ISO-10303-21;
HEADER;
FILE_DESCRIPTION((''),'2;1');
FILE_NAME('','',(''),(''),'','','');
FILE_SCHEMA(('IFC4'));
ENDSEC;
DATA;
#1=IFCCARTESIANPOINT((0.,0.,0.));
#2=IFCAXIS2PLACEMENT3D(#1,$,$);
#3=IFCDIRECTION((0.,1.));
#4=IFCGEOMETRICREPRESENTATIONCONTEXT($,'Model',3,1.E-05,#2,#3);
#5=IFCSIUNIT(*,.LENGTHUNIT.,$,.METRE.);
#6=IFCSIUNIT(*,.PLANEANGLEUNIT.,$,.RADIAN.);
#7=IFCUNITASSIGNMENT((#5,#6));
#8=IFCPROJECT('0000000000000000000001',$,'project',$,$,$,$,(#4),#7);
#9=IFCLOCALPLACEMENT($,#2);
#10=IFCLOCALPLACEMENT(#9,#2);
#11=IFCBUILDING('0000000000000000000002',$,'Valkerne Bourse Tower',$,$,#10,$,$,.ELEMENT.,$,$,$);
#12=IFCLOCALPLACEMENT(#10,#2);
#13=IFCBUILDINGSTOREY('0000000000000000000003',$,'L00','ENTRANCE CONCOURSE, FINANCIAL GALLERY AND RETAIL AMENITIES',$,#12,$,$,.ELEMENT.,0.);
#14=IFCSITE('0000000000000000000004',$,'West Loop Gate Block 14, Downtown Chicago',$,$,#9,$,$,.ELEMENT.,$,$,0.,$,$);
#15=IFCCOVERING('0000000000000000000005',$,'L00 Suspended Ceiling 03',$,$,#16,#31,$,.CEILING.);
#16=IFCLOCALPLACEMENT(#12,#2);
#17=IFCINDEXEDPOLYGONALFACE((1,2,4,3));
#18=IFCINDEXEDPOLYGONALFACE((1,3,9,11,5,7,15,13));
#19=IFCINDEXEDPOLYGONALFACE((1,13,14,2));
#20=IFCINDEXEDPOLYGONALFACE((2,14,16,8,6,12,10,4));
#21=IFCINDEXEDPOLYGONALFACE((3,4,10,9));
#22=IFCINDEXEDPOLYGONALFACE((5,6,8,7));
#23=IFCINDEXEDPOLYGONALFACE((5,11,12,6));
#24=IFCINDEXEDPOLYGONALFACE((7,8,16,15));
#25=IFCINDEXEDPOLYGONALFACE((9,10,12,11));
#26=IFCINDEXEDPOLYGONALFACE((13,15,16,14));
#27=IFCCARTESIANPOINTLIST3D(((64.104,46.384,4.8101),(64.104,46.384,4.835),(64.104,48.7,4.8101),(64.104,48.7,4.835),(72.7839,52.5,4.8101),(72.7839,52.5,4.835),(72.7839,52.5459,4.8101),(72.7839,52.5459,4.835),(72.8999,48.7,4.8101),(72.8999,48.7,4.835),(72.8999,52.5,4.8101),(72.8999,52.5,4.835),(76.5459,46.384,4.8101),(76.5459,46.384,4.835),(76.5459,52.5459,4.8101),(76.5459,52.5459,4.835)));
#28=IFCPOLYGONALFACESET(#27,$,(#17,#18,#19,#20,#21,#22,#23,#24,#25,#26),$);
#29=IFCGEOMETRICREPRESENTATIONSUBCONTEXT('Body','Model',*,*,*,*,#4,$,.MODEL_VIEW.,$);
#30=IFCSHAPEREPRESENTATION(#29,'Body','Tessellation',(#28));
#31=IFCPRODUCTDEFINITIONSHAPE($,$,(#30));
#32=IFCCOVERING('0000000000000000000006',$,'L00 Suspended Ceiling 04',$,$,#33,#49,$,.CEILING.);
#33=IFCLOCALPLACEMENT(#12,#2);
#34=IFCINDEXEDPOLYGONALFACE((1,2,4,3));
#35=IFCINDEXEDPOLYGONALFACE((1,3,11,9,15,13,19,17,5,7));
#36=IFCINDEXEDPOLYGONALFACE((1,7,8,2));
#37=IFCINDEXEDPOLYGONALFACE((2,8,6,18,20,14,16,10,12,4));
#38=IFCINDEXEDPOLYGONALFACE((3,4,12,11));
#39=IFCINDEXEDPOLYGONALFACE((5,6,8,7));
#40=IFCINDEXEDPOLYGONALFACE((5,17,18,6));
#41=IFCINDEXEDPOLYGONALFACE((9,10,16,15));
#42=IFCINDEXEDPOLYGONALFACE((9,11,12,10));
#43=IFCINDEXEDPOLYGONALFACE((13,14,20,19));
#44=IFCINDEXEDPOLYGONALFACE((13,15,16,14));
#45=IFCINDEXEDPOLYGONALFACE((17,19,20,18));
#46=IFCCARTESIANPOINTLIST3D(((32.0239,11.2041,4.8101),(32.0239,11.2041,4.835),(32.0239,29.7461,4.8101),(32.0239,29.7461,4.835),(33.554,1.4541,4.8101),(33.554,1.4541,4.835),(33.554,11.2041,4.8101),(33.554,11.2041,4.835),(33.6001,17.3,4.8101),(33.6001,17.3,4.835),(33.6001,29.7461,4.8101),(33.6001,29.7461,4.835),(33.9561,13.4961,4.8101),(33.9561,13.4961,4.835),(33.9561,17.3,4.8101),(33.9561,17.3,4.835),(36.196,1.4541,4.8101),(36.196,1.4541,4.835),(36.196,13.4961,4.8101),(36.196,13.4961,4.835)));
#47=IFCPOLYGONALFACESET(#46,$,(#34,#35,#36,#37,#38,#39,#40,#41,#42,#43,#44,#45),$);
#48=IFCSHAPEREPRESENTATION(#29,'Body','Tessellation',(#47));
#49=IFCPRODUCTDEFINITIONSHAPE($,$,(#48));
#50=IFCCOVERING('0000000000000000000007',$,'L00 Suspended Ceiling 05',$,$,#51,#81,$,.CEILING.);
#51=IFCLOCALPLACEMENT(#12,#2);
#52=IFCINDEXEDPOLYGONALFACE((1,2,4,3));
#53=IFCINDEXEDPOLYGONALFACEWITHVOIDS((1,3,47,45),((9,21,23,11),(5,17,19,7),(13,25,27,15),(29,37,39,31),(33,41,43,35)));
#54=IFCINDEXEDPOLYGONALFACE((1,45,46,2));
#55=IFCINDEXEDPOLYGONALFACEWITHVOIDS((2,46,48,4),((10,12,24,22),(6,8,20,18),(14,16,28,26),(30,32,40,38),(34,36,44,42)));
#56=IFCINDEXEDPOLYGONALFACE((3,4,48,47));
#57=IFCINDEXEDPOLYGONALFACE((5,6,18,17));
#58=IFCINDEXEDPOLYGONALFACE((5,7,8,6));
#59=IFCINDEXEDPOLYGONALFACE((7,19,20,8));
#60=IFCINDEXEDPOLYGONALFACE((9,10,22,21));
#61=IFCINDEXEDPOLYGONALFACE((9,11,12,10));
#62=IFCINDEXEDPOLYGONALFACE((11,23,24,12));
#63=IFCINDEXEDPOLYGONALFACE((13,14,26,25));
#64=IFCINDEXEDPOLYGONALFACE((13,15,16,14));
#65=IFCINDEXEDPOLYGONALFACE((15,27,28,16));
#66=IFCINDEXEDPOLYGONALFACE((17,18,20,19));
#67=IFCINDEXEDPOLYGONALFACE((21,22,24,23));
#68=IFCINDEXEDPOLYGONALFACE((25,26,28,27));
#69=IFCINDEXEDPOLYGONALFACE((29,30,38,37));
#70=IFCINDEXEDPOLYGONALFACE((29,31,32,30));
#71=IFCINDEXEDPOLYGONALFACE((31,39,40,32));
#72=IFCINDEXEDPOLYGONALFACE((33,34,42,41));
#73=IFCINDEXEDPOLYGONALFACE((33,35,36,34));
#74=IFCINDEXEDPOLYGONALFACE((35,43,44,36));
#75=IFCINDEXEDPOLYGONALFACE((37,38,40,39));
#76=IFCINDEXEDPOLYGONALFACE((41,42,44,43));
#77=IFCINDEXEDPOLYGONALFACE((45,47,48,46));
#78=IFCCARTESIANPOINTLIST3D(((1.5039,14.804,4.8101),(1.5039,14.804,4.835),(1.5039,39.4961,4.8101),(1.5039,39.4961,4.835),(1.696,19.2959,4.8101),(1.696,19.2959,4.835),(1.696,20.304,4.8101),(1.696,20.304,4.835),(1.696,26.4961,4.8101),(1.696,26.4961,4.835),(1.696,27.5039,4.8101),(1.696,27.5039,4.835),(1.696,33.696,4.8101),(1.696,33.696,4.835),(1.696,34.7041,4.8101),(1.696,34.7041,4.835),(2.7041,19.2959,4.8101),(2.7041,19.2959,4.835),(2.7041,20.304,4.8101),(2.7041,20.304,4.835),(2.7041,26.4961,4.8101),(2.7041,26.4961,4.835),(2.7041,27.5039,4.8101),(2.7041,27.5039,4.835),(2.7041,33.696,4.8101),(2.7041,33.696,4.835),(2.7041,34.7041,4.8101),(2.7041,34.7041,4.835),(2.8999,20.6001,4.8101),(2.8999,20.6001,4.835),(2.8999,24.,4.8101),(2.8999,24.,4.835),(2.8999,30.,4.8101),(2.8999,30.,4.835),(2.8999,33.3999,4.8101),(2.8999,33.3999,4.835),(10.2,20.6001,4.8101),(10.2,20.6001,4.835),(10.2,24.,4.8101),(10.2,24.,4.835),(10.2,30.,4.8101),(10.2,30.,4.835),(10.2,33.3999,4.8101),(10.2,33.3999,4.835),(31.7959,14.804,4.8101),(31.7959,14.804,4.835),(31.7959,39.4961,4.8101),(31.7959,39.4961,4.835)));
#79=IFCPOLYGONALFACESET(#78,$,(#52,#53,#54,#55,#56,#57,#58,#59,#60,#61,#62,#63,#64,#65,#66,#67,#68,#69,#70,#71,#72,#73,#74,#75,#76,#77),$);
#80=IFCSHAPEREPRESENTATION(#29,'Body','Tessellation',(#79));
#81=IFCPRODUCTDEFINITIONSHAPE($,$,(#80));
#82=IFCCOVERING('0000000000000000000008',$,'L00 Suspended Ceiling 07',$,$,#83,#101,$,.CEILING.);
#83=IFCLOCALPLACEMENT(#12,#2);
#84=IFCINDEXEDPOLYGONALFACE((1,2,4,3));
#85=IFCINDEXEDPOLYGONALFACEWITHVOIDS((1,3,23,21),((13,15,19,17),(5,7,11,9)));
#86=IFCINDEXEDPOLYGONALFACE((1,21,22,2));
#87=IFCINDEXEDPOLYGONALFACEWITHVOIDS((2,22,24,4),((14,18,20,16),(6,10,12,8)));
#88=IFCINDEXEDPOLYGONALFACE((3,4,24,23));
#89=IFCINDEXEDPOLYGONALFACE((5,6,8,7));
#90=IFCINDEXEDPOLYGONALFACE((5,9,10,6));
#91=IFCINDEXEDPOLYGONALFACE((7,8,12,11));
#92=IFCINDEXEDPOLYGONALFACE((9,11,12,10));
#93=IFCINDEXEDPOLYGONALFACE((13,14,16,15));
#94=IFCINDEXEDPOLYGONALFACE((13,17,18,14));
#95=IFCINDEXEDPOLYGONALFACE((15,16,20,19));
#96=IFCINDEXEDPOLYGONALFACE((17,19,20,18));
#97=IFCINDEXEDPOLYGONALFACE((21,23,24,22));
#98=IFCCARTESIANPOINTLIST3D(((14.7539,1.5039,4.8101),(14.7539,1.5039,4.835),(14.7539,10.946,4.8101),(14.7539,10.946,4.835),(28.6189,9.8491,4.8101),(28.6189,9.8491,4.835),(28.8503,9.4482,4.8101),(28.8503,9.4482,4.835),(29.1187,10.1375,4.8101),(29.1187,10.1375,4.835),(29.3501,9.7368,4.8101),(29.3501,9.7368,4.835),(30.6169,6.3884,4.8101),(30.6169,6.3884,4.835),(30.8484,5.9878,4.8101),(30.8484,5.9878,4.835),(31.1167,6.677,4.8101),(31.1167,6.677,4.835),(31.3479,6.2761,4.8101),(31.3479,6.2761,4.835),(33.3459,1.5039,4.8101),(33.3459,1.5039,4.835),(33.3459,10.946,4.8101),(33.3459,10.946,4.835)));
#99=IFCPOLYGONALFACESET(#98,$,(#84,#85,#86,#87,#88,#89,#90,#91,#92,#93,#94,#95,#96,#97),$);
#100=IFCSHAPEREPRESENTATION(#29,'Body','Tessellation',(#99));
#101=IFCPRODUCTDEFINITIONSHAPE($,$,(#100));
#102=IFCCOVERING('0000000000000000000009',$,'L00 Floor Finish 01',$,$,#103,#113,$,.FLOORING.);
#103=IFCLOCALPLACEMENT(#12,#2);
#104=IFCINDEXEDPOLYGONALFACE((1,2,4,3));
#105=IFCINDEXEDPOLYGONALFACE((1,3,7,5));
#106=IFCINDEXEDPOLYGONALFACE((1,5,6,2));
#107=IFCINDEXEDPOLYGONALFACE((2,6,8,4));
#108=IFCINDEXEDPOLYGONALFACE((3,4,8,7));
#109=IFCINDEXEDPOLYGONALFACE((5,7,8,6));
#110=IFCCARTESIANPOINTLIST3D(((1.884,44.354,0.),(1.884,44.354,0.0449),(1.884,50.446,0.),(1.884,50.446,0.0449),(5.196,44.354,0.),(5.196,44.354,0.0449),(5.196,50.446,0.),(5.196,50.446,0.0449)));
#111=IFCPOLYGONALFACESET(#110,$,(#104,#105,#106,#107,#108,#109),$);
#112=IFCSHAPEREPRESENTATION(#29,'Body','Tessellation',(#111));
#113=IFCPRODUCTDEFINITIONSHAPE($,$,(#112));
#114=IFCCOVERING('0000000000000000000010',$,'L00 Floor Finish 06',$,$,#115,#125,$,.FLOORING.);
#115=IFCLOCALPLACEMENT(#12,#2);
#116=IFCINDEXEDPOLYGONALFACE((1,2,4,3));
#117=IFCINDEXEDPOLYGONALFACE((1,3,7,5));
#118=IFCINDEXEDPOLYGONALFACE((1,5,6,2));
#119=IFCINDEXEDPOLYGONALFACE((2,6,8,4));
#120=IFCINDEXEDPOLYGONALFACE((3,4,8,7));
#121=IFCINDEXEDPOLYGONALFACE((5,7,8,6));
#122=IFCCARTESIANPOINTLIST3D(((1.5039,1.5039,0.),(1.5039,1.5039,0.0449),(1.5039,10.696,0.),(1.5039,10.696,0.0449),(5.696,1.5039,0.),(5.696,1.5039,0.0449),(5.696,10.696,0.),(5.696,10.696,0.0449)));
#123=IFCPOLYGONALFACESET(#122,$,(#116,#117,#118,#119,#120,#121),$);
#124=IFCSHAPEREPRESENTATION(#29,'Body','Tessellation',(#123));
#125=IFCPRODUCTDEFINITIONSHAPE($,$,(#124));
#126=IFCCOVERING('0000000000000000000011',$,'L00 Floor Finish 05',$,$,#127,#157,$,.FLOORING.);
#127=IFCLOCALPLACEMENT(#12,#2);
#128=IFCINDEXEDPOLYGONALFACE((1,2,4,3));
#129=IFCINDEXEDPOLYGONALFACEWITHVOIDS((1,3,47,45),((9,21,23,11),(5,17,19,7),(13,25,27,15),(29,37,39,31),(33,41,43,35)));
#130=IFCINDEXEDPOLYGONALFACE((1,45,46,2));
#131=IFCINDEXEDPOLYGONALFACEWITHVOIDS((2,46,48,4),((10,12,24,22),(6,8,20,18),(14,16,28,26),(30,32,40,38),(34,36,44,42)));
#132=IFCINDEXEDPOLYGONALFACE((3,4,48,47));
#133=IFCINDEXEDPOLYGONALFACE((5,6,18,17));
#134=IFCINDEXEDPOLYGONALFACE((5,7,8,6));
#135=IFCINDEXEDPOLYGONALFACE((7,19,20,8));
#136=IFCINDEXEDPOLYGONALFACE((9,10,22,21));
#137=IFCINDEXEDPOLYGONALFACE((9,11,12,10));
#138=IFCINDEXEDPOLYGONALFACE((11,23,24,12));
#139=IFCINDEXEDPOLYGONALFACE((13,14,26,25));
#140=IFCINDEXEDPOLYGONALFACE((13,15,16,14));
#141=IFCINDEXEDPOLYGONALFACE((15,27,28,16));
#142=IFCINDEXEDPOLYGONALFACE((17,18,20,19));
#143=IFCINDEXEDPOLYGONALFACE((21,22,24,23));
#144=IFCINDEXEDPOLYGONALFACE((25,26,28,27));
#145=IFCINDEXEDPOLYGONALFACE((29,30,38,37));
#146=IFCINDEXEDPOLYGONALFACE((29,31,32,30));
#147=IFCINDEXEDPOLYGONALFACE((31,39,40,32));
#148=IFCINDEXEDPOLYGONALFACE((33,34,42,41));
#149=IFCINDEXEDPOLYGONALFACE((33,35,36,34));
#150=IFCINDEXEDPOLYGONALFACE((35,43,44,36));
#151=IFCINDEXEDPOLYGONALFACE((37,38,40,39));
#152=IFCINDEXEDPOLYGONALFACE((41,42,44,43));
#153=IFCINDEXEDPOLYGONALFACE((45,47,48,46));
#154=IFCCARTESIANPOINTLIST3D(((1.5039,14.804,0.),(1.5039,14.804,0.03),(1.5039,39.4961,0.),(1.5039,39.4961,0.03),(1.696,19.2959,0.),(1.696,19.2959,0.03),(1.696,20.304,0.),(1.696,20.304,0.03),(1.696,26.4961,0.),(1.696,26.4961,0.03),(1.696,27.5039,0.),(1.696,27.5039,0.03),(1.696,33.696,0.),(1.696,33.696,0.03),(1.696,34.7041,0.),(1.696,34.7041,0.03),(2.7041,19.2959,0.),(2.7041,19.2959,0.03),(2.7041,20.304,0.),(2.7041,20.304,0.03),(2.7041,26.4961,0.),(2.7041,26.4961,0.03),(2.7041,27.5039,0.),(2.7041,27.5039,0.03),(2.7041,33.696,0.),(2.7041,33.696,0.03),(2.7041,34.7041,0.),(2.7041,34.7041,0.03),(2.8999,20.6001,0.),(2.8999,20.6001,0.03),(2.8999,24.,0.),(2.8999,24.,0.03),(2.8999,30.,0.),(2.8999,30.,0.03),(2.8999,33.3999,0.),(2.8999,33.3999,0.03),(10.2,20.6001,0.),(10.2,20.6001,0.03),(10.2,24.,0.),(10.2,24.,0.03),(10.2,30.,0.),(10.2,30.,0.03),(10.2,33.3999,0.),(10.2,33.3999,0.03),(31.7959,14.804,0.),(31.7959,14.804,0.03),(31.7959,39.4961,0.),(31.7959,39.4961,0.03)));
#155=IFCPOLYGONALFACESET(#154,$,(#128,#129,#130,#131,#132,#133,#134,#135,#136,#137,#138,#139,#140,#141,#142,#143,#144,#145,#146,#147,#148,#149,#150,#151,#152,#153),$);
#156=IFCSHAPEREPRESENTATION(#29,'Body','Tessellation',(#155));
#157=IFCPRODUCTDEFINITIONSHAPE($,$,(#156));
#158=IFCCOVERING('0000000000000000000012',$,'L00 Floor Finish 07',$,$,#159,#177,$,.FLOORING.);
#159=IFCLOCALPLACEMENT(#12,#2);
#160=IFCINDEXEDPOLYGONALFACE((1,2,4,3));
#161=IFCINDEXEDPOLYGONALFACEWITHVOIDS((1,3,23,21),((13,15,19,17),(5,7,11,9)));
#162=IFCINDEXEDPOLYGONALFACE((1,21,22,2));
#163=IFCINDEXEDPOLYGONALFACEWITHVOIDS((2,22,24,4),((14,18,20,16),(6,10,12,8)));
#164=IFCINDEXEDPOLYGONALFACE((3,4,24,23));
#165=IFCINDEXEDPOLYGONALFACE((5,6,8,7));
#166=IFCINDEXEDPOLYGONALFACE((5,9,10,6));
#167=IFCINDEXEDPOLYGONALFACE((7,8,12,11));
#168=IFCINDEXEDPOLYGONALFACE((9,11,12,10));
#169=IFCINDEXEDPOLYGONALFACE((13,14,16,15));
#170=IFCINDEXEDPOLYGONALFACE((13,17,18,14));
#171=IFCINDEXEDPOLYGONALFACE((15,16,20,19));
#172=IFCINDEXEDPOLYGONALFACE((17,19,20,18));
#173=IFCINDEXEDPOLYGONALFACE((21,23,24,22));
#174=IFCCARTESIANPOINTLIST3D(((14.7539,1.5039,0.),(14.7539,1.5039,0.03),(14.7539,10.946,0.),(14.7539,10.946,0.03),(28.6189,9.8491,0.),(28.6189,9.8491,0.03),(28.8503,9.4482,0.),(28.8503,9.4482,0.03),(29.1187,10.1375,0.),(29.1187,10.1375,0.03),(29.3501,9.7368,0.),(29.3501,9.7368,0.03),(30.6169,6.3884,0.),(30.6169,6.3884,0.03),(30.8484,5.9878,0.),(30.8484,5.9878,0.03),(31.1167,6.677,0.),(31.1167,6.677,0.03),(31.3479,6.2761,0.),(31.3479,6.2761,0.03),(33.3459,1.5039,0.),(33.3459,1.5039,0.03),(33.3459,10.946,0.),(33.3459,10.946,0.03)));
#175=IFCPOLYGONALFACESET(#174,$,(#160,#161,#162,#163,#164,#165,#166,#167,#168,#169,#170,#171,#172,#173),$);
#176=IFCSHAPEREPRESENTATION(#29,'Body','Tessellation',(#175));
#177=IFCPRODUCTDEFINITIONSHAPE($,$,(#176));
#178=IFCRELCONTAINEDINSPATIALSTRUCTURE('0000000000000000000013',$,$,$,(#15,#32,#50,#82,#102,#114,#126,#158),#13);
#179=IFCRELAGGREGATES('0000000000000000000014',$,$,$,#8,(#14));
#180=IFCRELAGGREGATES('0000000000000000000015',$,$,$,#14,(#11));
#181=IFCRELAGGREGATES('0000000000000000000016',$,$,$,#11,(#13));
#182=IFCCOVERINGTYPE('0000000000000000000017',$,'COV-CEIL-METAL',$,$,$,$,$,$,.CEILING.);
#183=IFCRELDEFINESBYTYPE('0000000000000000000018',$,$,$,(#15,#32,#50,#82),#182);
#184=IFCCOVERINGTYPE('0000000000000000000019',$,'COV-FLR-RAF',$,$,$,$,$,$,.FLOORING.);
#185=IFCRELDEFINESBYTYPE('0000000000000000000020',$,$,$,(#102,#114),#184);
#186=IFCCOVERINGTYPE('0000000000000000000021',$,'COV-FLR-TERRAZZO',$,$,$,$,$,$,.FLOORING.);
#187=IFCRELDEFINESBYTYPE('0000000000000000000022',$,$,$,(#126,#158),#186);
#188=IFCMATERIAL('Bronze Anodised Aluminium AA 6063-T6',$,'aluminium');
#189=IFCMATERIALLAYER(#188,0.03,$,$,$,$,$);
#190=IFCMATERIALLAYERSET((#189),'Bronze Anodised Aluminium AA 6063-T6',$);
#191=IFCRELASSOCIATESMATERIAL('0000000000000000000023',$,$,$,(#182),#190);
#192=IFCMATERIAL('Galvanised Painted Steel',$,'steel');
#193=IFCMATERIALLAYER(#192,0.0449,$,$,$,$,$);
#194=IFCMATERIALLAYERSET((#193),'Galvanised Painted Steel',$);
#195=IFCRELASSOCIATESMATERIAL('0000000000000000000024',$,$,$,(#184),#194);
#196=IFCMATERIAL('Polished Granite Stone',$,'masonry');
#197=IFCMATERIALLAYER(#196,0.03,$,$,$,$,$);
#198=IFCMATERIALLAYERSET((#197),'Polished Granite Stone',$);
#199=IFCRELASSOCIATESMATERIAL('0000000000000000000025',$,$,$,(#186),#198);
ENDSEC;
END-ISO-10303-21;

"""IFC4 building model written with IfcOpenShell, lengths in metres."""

from ifc_helpers import new_model, si_unit, direction, frame, origin, place, context, subcontext, project, spatial, polyline, outline, extrude, material, layer, layer_set, type_object, element, save


model = new_model("IFC4")

# Units and contexts
model_context = context("Model", 3, precision=1e-05, world=origin(), true_north=direction((0.0, 1.0)))
body_context = subcontext(model_context, "Body", "Model", "MODEL_VIEW")
ifc_project = project(units=[si_unit("LENGTHUNIT", "METRE"), si_unit("PLANEANGLEUNIT", "RADIAN")], contexts=[model_context])

# Site, building, storey
site_placement = place(None, origin())
site = spatial("IfcSite", under=ifc_project, at=site_placement, Name="West Loop Gate Block 14, Downtown Chicago", CompositionType="ELEMENT", RefElevation=0.0)
building_placement = place(site_placement, origin())
building = spatial("IfcBuilding", under=site, at=building_placement, Name="Valkerne Bourse Tower", CompositionType="ELEMENT")
storey_placement = place(building_placement, origin())
storey = spatial("IfcBuildingStorey", under=building, at=storey_placement, Name="L00", Description="ENTRANCE CONCOURSE, FINANCIAL GALLERY AND RETAIL AMENITIES", CompositionType="ELEMENT", Elevation=0.0)

# Coverings
ifc_material_1 = material(Name="Bronze Anodised Aluminium AA 6063-T6", Category="aluminium")
ifc_layer_1 = layer(ifc_material_1, 0.03)
ifc_layer_set_1 = layer_set([ifc_layer_1], Name="Bronze Anodised Aluminium AA 6063-T6")
covering_type_1 = type_object("IfcCoveringType", Name="COV-CEIL-METAL", PredefinedType="CEILING", material=ifc_layer_set_1)
covering_1_placement = place(storey_placement, frame((0.0, 0.0, 4.8101)))
element("IfcCovering", 1, at=covering_1_placement, inside=storey, type_object=covering_type_1, Name="L00 Suspended Ceiling 03", PredefinedType="CEILING", context=body_context, shape_type="SweptSolid", body=[
    extrude(outline(polyline([(64.104, 46.384), (64.104, 48.7), (72.8999, 48.7), (72.8999, 52.5), (72.7839, 52.5), (72.7839, 52.5459), (76.5459, 52.5459), (76.5459, 46.384), (64.104, 46.384)])), origin(), (0.0, 0.0, 1.0), 0.0249),
])
covering_2_placement = place(storey_placement, frame((0.0, 0.0, 4.8101)))
element("IfcCovering", 2, at=covering_2_placement, inside=storey, type_object=covering_type_1, Name="L00 Suspended Ceiling 04", PredefinedType="CEILING", context=body_context, shape_type="SweptSolid", body=[
    extrude(outline(polyline([(33.554, 11.2041), (32.0239, 11.2041), (32.0239, 29.7461), (33.6001, 29.7461), (33.6001, 17.3), (33.9561, 17.3), (33.9561, 13.4961), (36.196, 13.4961), (36.196, 1.4541), (33.554, 1.4541), (33.554, 11.2041)])), origin(), (0.0, 0.0, 1.0), 0.0249),
])
covering_3_placement = place(storey_placement, frame((0.0, 0.0, 4.8101)))
element("IfcCovering", 3, at=covering_3_placement, inside=storey, type_object=covering_type_1, Name="L00 Suspended Ceiling 05", PredefinedType="CEILING", context=body_context, shape_type="SweptSolid", body=[
    extrude(outline(polyline([(1.5039, 39.4961), (31.7959, 39.4961), (31.7959, 14.804), (1.5039, 14.804), (1.5039, 39.4961)]), holes=[polyline([(1.696, 20.304), (1.696, 19.2959), (2.7041, 19.2959), (2.7041, 20.304), (1.696, 20.304)]), polyline([(2.8999, 24.0), (2.8999, 20.6001), (10.2, 20.6001), (10.2, 24.0), (2.8999, 24.0)]), polyline([(2.7041, 27.5039), (1.696, 27.5039), (1.696, 26.4961), (2.7041, 26.4961), (2.7041, 27.5039)]), polyline([(2.8999, 30.0), (10.2, 30.0), (10.2, 33.3999), (2.8999, 33.3999), (2.8999, 30.0)]), polyline([(2.7041, 34.7041), (1.696, 34.7041), (1.696, 33.696), (2.7041, 33.696), (2.7041, 34.7041)])]), origin(), (0.0, 0.0, 1.0), 0.0249),
])
covering_4_placement = place(storey_placement, frame((0.0, 0.0, 4.8101)))
element("IfcCovering", 4, at=covering_4_placement, inside=storey, type_object=covering_type_1, Name="L00 Suspended Ceiling 07", PredefinedType="CEILING", context=body_context, shape_type="SweptSolid", body=[
    extrude(outline(polyline([(14.7539, 10.946), (33.3459, 10.946), (33.3459, 1.5039), (14.7539, 1.5039), (14.7539, 10.946)]), holes=[polyline([(28.6189, 9.8491), (28.8503, 9.4482), (29.3501, 9.7368), (29.1187, 10.1375), (28.6189, 9.8491)]), polyline([(31.1167, 6.677), (30.6169, 6.3884), (30.8484, 5.9878), (31.3479, 6.2761), (31.1167, 6.677)])]), origin(), (0.0, 0.0, 1.0), 0.0249),
])
ifc_material_2 = material(Name="Galvanised Painted Steel", Category="steel")
ifc_layer_2 = layer(ifc_material_2, 0.0449)
ifc_layer_set_2 = layer_set([ifc_layer_2], Name="Galvanised Painted Steel")
covering_type_2 = type_object("IfcCoveringType", Name="COV-FLR-RAF", PredefinedType="FLOORING", material=ifc_layer_set_2)
covering_5_placement = place(storey_placement, origin())
element("IfcCovering", 5, at=covering_5_placement, inside=storey, type_object=covering_type_2, Name="L00 Floor Finish 01", PredefinedType="FLOORING", context=body_context, shape_type="SweptSolid", body=[
    extrude(outline(polyline([(1.884, 50.446), (5.196, 50.446), (5.196, 44.354), (1.884, 44.354), (1.884, 50.446)])), origin(), (0.0, 0.0, 1.0), 0.0449),
])
covering_6_placement = place(storey_placement, origin())
element("IfcCovering", 6, at=covering_6_placement, inside=storey, type_object=covering_type_2, Name="L00 Floor Finish 06", PredefinedType="FLOORING", context=body_context, shape_type="SweptSolid", body=[
    extrude(outline(polyline([(1.5039, 10.696), (5.696, 10.696), (5.696, 1.5039), (1.5039, 1.5039), (1.5039, 10.696)])), origin(), (0.0, 0.0, 1.0), 0.0449),
])
ifc_material_3 = material(Name="Polished Granite Stone", Category="masonry")
ifc_layer_3 = layer(ifc_material_3, 0.03)
ifc_layer_set_3 = layer_set([ifc_layer_3], Name="Polished Granite Stone")
covering_type_3 = type_object("IfcCoveringType", Name="COV-FLR-TERRAZZO", PredefinedType="FLOORING", material=ifc_layer_set_3)
covering_7_placement = place(storey_placement, origin())
element("IfcCovering", 7, at=covering_7_placement, inside=storey, type_object=covering_type_3, Name="L00 Floor Finish 05", PredefinedType="FLOORING", context=body_context, shape_type="SweptSolid", body=[
    extrude(outline(polyline([(1.5039, 39.4961), (31.7959, 39.4961), (31.7959, 14.804), (1.5039, 14.804), (1.5039, 39.4961)]), holes=[polyline([(1.696, 20.304), (1.696, 19.2959), (2.7041, 19.2959), (2.7041, 20.304), (1.696, 20.304)]), polyline([(2.8999, 24.0), (2.8999, 20.6001), (10.2, 20.6001), (10.2, 24.0), (2.8999, 24.0)]), polyline([(2.7041, 27.5039), (1.696, 27.5039), (1.696, 26.4961), (2.7041, 26.4961), (2.7041, 27.5039)]), polyline([(2.8999, 30.0), (10.2, 30.0), (10.2, 33.3999), (2.8999, 33.3999), (2.8999, 30.0)]), polyline([(2.7041, 34.7041), (1.696, 34.7041), (1.696, 33.696), (2.7041, 33.696), (2.7041, 34.7041)])]), origin(), (0.0, 0.0, 1.0), 0.03),
])
covering_8_placement = place(storey_placement, origin())
element("IfcCovering", 8, at=covering_8_placement, inside=storey, type_object=covering_type_3, Name="L00 Floor Finish 07", PredefinedType="FLOORING", context=body_context, shape_type="SweptSolid", body=[
    extrude(outline(polyline([(14.7539, 10.946), (33.3459, 10.946), (33.3459, 1.5039), (14.7539, 1.5039), (14.7539, 10.946)]), holes=[polyline([(28.6189, 9.8491), (28.8503, 9.4482), (29.3501, 9.7368), (29.1187, 10.1375), (28.6189, 9.8491)]), polyline([(31.1167, 6.677), (30.6169, 6.3884), (30.8484, 5.9878), (31.3479, 6.2761), (31.1167, 6.677)])]), origin(), (0.0, 0.0, 1.0), 0.03),
])

save(model, "model.ifc")
